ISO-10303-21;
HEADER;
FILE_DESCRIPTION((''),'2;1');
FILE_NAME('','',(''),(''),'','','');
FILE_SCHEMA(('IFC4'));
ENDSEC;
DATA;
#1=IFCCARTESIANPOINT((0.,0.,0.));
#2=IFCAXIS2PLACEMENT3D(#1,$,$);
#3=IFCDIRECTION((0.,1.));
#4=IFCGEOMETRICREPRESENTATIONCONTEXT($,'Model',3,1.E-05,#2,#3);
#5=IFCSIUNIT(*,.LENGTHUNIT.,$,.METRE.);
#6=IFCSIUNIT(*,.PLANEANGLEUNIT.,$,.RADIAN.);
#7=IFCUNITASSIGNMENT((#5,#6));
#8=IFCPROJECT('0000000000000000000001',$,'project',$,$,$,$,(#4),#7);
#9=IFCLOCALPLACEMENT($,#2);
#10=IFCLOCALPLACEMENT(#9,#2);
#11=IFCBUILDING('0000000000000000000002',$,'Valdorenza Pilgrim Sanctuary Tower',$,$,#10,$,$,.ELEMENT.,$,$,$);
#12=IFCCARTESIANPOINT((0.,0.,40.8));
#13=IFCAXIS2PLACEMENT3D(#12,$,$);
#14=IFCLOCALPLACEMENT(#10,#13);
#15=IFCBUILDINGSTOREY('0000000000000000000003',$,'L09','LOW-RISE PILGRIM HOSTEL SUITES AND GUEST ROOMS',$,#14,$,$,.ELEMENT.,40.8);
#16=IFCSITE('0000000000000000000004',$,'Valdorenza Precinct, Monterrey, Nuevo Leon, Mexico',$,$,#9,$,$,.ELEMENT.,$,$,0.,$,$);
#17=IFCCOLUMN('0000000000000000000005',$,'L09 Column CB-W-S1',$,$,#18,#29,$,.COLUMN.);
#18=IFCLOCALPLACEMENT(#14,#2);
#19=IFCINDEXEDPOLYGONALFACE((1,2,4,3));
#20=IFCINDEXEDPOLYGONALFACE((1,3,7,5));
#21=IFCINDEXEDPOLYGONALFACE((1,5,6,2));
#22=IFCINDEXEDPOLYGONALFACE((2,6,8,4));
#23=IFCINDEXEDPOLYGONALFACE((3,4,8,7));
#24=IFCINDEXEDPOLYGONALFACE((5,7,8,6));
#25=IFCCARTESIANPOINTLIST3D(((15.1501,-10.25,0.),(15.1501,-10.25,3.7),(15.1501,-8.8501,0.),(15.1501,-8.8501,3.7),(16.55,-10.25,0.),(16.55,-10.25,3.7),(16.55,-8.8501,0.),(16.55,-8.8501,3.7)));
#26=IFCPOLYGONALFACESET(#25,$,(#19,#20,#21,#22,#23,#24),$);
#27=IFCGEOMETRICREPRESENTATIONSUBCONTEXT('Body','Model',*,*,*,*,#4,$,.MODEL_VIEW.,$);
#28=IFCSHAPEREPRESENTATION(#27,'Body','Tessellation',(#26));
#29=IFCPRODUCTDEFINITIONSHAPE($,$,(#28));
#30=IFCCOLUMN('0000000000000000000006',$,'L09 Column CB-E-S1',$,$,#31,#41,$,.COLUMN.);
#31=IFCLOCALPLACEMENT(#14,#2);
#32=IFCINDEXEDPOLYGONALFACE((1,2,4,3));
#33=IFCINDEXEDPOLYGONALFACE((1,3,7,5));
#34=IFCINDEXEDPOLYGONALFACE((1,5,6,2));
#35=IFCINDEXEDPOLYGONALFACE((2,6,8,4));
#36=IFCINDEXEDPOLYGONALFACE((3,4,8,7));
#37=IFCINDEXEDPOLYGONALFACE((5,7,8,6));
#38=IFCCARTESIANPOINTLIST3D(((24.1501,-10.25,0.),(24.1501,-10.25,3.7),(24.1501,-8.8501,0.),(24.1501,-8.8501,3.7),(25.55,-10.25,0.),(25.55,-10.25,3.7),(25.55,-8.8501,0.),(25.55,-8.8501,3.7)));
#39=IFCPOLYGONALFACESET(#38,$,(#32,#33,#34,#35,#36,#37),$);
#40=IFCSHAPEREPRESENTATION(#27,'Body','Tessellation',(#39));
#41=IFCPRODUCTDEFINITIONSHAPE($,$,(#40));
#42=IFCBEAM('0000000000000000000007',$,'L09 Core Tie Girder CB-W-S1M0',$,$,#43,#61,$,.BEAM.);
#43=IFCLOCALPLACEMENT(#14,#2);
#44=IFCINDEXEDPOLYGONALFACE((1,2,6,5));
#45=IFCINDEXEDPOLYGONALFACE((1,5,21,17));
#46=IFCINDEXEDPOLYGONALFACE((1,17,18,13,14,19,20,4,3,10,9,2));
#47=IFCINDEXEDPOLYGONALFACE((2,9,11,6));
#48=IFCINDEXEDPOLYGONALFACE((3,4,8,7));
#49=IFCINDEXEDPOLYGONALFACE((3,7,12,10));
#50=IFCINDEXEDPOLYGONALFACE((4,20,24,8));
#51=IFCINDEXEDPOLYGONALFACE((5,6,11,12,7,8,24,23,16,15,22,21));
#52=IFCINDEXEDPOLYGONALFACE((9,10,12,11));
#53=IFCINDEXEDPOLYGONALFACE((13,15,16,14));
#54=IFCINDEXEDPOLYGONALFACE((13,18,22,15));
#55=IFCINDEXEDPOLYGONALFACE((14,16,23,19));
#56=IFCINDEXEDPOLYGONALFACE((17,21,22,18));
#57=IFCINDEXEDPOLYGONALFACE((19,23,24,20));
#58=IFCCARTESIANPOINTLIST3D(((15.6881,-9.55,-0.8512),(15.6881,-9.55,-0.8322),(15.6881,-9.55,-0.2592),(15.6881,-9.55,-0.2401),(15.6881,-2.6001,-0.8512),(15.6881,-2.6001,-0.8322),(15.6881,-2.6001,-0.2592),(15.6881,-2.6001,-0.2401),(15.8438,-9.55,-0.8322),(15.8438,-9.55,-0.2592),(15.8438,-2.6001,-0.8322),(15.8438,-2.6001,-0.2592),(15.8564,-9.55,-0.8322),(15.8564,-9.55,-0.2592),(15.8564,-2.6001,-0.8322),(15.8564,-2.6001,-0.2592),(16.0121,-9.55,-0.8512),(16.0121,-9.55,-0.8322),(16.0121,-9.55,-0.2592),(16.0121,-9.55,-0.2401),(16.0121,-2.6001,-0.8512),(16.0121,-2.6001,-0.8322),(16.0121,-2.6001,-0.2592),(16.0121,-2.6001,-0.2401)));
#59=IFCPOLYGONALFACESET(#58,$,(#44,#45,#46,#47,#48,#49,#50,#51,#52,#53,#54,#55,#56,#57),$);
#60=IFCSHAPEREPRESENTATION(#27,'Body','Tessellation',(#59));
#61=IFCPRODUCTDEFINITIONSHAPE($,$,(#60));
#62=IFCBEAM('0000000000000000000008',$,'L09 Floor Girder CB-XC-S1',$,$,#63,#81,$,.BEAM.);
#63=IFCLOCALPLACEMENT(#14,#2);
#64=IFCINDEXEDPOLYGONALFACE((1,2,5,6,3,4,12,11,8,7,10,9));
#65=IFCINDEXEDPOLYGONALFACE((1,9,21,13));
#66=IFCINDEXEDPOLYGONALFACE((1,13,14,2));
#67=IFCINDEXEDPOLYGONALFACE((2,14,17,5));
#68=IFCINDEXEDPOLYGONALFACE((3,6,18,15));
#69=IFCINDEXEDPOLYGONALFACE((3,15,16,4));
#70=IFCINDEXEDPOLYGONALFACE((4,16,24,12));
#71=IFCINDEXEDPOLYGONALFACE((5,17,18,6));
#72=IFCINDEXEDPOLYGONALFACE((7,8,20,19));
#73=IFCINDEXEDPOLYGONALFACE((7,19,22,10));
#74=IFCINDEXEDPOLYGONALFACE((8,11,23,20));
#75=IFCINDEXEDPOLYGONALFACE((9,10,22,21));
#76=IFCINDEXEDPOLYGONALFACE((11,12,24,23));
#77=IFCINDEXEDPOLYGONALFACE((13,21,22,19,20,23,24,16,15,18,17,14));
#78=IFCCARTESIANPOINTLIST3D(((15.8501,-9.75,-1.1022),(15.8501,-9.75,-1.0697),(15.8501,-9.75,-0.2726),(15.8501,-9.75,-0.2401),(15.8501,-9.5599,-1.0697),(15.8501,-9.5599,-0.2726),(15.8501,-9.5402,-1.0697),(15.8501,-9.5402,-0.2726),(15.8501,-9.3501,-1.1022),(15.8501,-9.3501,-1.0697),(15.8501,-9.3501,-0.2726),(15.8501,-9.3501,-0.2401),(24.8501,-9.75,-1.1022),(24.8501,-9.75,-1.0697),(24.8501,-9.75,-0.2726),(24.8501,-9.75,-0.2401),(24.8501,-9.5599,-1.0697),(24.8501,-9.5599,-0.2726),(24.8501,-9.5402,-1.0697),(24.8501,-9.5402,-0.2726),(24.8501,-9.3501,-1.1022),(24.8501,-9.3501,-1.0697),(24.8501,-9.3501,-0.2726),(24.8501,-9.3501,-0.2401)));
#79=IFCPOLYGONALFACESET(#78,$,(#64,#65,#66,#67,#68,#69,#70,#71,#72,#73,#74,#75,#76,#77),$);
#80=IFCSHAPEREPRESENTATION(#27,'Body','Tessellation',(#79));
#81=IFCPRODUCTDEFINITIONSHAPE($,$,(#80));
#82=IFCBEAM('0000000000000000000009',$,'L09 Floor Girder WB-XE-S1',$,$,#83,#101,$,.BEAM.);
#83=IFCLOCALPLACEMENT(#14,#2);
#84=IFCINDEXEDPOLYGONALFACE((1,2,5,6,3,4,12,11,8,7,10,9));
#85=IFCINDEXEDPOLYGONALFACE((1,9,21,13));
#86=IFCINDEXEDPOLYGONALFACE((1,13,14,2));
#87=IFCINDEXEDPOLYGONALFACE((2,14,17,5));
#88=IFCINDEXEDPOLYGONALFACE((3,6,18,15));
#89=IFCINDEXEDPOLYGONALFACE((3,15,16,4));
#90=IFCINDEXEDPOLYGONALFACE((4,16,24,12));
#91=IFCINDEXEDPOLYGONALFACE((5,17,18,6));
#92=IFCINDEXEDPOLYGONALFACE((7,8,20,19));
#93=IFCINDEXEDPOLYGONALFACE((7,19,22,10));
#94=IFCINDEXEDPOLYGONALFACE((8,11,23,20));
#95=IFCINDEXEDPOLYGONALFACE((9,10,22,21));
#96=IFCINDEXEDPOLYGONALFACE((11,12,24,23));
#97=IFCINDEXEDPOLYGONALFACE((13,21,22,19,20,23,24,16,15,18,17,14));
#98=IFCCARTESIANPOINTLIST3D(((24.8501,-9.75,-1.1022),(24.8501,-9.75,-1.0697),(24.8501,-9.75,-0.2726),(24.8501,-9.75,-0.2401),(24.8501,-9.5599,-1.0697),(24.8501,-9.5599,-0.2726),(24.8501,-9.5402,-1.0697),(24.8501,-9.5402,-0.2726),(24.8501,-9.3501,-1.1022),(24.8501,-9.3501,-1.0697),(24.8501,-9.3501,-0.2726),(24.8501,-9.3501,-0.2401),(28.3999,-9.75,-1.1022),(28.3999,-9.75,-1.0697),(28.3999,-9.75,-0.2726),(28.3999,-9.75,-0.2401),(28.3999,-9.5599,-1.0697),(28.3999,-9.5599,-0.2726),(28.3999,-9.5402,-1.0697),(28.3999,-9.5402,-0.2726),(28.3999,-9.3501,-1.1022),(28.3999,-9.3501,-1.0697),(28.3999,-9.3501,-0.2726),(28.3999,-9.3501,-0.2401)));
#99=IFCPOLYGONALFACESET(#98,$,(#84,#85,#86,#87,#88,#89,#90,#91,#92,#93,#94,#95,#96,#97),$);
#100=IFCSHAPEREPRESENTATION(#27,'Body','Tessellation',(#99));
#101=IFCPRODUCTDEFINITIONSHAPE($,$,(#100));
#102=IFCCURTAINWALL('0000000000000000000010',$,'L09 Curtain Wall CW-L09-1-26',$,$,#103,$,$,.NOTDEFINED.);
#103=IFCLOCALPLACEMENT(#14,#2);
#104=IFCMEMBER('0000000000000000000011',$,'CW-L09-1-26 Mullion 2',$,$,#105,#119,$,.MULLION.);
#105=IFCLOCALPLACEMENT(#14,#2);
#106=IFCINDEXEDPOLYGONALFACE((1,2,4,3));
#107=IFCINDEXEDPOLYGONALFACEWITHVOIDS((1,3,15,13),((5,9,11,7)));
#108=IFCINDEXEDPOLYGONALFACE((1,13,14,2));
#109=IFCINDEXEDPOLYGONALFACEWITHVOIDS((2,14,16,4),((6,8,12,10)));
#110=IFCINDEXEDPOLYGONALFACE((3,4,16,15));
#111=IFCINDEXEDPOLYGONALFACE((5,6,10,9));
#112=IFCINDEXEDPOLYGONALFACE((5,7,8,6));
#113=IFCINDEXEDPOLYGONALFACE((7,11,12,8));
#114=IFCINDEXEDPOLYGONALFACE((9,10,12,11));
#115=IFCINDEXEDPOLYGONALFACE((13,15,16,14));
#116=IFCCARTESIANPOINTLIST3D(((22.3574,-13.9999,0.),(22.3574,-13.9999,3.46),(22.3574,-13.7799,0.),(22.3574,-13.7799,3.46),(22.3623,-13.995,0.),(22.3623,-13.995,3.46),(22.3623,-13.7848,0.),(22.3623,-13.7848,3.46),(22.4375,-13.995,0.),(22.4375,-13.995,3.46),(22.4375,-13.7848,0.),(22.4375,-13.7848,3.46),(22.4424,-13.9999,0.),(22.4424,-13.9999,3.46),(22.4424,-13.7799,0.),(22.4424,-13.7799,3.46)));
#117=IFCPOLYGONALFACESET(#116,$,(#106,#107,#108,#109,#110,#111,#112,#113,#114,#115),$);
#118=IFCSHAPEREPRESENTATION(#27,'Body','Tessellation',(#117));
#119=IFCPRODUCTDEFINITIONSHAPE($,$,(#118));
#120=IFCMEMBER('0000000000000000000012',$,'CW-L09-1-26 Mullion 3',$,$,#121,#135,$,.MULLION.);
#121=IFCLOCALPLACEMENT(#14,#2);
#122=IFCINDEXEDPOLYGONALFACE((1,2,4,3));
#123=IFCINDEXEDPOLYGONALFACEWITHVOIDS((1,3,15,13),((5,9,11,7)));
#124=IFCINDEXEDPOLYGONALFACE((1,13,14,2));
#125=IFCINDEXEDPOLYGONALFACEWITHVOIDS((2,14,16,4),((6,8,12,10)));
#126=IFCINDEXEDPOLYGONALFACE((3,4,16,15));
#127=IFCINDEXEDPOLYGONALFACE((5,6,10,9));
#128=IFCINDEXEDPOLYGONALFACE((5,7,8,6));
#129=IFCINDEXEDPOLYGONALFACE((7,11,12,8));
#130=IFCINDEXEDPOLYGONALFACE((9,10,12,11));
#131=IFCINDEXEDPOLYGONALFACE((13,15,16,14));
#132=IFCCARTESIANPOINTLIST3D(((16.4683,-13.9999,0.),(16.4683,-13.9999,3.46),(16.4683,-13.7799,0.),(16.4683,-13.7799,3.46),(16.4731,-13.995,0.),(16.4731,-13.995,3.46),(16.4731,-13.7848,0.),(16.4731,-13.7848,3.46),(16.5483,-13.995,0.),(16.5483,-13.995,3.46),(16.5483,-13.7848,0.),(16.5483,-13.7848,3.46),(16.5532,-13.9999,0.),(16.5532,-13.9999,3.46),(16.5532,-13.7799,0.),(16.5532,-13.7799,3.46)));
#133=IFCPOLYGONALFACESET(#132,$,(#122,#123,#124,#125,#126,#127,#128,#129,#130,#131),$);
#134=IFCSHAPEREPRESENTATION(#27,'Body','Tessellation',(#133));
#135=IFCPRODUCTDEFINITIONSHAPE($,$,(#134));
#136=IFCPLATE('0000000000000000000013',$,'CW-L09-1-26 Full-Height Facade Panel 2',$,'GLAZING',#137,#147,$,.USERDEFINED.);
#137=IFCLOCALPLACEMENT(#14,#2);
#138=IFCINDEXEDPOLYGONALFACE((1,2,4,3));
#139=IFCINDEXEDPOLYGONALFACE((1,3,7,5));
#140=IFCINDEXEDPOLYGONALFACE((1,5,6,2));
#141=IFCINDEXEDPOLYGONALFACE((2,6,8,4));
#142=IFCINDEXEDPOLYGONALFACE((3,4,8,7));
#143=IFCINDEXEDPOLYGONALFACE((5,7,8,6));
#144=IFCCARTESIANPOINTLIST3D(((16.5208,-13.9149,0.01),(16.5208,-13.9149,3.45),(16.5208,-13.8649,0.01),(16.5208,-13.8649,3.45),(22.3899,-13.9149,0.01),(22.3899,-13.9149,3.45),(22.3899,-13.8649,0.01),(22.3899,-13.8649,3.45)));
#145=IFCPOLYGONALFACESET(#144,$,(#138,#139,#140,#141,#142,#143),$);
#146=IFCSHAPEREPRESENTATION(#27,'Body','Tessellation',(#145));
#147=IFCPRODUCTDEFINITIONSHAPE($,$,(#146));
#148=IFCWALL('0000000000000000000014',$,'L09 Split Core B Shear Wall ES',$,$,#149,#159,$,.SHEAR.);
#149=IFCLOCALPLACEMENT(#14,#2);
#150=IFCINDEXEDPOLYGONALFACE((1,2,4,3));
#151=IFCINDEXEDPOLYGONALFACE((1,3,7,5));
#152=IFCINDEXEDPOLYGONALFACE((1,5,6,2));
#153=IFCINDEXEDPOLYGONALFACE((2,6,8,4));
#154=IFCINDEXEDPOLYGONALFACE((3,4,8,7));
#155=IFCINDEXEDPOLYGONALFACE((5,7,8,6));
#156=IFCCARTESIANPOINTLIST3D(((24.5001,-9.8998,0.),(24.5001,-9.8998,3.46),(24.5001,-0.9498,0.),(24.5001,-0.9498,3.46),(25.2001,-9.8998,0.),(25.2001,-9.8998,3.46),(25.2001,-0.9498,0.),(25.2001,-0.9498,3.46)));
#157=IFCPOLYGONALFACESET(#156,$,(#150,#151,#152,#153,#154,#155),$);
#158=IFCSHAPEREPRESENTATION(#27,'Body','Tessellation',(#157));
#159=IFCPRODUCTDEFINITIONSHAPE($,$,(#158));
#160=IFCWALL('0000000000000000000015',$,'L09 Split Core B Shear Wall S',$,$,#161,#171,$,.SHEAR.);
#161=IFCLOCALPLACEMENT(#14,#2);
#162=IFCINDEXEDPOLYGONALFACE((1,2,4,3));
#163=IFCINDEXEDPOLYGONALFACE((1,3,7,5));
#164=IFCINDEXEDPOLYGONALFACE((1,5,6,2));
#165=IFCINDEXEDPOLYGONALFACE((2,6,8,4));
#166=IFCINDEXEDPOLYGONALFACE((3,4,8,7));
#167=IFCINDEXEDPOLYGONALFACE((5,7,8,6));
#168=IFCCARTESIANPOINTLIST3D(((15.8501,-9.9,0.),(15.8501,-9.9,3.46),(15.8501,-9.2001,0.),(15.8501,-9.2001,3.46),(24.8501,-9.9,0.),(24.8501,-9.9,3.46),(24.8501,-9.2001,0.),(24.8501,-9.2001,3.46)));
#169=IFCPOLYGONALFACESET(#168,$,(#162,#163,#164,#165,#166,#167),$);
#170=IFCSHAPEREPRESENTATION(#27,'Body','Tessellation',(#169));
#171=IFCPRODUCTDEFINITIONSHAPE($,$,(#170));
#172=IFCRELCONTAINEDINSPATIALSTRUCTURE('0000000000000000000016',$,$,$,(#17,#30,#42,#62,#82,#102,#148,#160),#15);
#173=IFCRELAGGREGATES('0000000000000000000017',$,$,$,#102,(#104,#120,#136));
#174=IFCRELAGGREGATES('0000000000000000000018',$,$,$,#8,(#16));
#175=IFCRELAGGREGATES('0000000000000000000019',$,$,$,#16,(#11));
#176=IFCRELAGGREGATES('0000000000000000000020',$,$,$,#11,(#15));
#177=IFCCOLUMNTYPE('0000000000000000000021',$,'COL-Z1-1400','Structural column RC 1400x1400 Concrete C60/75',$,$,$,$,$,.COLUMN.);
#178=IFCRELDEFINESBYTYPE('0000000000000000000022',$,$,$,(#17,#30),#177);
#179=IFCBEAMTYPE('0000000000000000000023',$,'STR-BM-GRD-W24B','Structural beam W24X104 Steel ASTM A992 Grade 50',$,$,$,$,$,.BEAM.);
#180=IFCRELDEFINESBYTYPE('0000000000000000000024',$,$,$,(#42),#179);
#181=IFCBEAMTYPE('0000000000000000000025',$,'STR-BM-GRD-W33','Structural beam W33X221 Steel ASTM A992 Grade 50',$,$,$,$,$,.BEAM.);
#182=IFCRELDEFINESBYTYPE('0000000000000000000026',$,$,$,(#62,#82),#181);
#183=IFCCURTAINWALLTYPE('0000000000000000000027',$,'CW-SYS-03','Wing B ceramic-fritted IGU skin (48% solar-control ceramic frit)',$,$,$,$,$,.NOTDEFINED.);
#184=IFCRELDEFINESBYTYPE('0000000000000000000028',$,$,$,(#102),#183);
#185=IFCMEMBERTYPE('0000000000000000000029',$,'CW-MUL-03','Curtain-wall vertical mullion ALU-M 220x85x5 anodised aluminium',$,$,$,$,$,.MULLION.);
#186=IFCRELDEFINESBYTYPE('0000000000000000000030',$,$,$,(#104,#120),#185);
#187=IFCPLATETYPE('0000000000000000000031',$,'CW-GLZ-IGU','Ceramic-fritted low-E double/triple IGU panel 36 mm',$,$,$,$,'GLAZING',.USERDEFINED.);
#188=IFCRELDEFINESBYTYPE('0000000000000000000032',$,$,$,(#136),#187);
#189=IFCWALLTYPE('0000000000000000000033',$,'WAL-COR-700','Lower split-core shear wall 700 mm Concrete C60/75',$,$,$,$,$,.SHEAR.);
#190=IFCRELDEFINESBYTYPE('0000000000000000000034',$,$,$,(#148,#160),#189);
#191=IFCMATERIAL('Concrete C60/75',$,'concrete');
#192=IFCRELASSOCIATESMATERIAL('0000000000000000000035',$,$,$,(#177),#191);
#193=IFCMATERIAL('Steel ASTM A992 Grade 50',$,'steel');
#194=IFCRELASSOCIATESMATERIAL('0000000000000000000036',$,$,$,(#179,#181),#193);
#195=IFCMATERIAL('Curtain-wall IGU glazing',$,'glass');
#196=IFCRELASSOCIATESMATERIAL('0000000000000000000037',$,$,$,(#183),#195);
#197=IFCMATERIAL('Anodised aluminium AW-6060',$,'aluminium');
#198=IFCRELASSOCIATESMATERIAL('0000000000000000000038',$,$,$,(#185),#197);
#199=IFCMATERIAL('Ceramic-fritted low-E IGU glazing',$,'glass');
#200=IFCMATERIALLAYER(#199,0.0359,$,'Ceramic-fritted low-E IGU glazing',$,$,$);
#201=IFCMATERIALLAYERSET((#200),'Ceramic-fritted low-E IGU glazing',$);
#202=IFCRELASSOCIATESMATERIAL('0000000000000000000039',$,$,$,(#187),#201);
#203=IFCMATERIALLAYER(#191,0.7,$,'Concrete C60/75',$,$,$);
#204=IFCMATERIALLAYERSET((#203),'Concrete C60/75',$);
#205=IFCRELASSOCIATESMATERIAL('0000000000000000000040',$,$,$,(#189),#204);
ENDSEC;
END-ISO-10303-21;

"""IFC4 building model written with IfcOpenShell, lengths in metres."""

from ifc_helpers import new_model, si_unit, direction, frame, frame_2d, origin, origin_2d, place, context, subcontext, project, spatial, rectangle, hollow_rectangle, i_section, extrude, source, transform, mapped, material, layer, layer_set, material_profile, profile_set, type_object, element, aggregate, save


model = new_model("IFC4")

# Units and contexts
model_context = context("Model", 3, precision=1e-05, world=origin(), true_north=direction((0.0, 1.0)))
body_context = subcontext(model_context, "Body", "Model", "MODEL_VIEW")
ifc_project = project(units=[si_unit("LENGTHUNIT", "METRE"), si_unit("PLANEANGLEUNIT", "RADIAN")], contexts=[model_context])

# Site, building, storey
site_placement = place(None, origin())
site = spatial("IfcSite", under=ifc_project, at=site_placement, Name="Valdorenza Precinct, Monterrey, Nuevo Leon, Mexico", CompositionType="ELEMENT", RefElevation=0.0)
building_placement = place(site_placement, origin())
building = spatial("IfcBuilding", under=site, at=building_placement, Name="Valdorenza Pilgrim Sanctuary Tower", CompositionType="ELEMENT")
storey_placement = place(building_placement, frame((0.0, 0.0, 40.8)))
storey = spatial("IfcBuildingStorey", under=building, at=storey_placement, Name="L09", Description="LOW-RISE PILGRIM HOSTEL SUITES AND GUEST ROOMS", CompositionType="ELEMENT", Elevation=40.8)

# Columns
ifc_material_1 = material(Name="Concrete C60/75", Category="concrete")
ifc_material_profile_1 = material_profile(ifc_material_1, rectangle(XDim=1.3999, YDim=1.3999, at=origin_2d()), Name="RC 1400x1400")
ifc_profile_set_1 = profile_set([ifc_material_profile_1], Name="Concrete C60/75")
column_type = type_object("IfcColumnType", Name="COL-Z1-1400", Description="Structural column RC 1400x1400 Concrete C60/75", PredefinedType="COLUMN", material=ifc_profile_set_1)
shared_shape_1 = source(origin(), body_context, "Body", "SweptSolid", [
    extrude(rectangle(XDim=1.3999, YDim=1.3999, at=origin_2d()), origin(), (0.0, 0.0, 1.0), 3.7),
])
for number, where, z_axis, x_axis, name in (
    (1, (15.8501, -9.55, 0.0), (0.0, 0.0, 1.0), (1.0, 0.0, 0.0), "L09 Column CB-W-S1"),
    (2, (24.8501, -9.55, 0.0), (0.0, 0.0, 1.0), (1.0, 0.0, 0.0), "L09 Column CB-E-S1"),
):
    element("IfcColumn", number, at=place(storey_placement, frame(where, z_axis=z_axis, x_axis=x_axis)), inside=storey, type_object=column_type, Name=name, PredefinedType="COLUMN", context=body_context, shape_type="MappedRepresentation", body=[
        mapped(shared_shape_1, transform((0.0, 0.0, 0.0), x_axis=(1.0, 0.0, 0.0), y_axis=(0.0, 1.0, 0.0), z_axis=(0.0, 0.0, 1.0), scale=1.0)),
    ])

# Beams
ifc_material_2 = material(Name="Steel ASTM A992 Grade 50", Category="steel")
ifc_material_profile_2 = material_profile(ifc_material_2, i_section(OverallWidth=0.324, OverallDepth=0.6111, WebThickness=0.0127, FlangeThickness=0.019, at=origin_2d()), Name="W24X104")
ifc_profile_set_2 = profile_set([ifc_material_profile_2], Name="Steel ASTM A992 Grade 50")
beam_type_1 = type_object("IfcBeamType", Name="STR-BM-GRD-W24B", Description="Structural beam W24X104 Steel ASTM A992 Grade 50", PredefinedType="BEAM", material=ifc_profile_set_2)
shared_shape_2 = source(origin(), body_context, "Body", "SweptSolid", [
    extrude(i_section(OverallWidth=0.324, OverallDepth=0.6111, WebThickness=0.0127, FlangeThickness=0.019, at=origin_2d()), origin(), (0.0, 0.0, 1.0), 6.95),
])
beam_1_placement = place(storey_placement, frame((15.8501, -9.55, -0.5457), z_axis=(0.0, 1.0, 0.0), x_axis=(-1.0, 0.0, 0.0)))
element("IfcBeam", 3, at=beam_1_placement, inside=storey, type_object=beam_type_1, Name="L09 Core Tie Girder CB-W-S1M0", PredefinedType="BEAM", context=body_context, shape_type="MappedRepresentation", body=[
    mapped(shared_shape_2, transform((0.0, 0.0, 0.0), x_axis=(1.0, 0.0, 0.0), y_axis=(0.0, 1.0, 0.0), z_axis=(0.0, 0.0, 1.0), scale=1.0)),
])
ifc_material_profile_3 = material_profile(ifc_material_2, i_section(OverallWidth=0.3999, OverallDepth=0.8621, WebThickness=0.0198, FlangeThickness=0.0325, at=origin_2d()), Name="W33X221")
ifc_profile_set_3 = profile_set([ifc_material_profile_3], Name="Steel ASTM A992 Grade 50")
beam_type_2 = type_object("IfcBeamType", Name="STR-BM-GRD-W33", Description="Structural beam W33X221 Steel ASTM A992 Grade 50", PredefinedType="BEAM", material=ifc_profile_set_3)
shared_shape_3 = source(origin(), body_context, "Body", "SweptSolid", [
    extrude(i_section(OverallWidth=0.3999, OverallDepth=0.8621, WebThickness=0.0198, FlangeThickness=0.0325, at=origin_2d()), origin(), (0.0, 0.0, 1.0), 9.0),
])
beam_2_placement = place(storey_placement, frame((15.8501, -9.55, -0.6711), z_axis=(1.0, 0.0, 0.0), x_axis=(0.0, 1.0, 0.0)))
element("IfcBeam", 4, at=beam_2_placement, inside=storey, type_object=beam_type_2, Name="L09 Floor Girder CB-XC-S1", PredefinedType="BEAM", context=body_context, shape_type="MappedRepresentation", body=[
    mapped(shared_shape_3, transform((0.0, 0.0, 0.0), x_axis=(1.0, 0.0, 0.0), y_axis=(0.0, 1.0, 0.0), z_axis=(0.0, 0.0, 1.0), scale=1.0)),
])
shared_shape_4 = source(origin(), body_context, "Body", "SweptSolid", [
    extrude(i_section(OverallWidth=0.3999, OverallDepth=0.8621, WebThickness=0.0198, FlangeThickness=0.0325, at=origin_2d()), origin(), (0.0, 0.0, 1.0), 3.5498),
])
beam_3_placement = place(storey_placement, frame((24.8501, -9.55, -0.6711), z_axis=(1.0, 0.0, 0.0), x_axis=(0.0, 1.0, 0.0)))
element("IfcBeam", 5, at=beam_3_placement, inside=storey, type_object=beam_type_2, Name="L09 Floor Girder WB-XE-S1", PredefinedType="BEAM", context=body_context, shape_type="MappedRepresentation", body=[
    mapped(shared_shape_4, transform((0.0, 0.0, 0.0), x_axis=(1.0, 0.0, 0.0), y_axis=(0.0, 1.0, 0.0), z_axis=(0.0, 0.0, 1.0), scale=1.0)),
])

# Curtain wall, members, plate
ifc_material_3 = material(Name="Curtain-wall IGU glazing", Category="glass")
curtain_wall_type = type_object("IfcCurtainWallType", Name="CW-SYS-03", Description="Wing B ceramic-fritted IGU skin (48% solar-control ceramic frit)", PredefinedType="NOTDEFINED", material=ifc_material_3)
curtain_wall_placement = place(storey_placement, origin())
curtain_wall = element("IfcCurtainWall", 6, at=curtain_wall_placement, inside=storey, type_object=curtain_wall_type, Name="L09 Curtain Wall CW-L09-1-26", PredefinedType="NOTDEFINED")
ifc_material_4 = material(Name="Anodised aluminium AW-6060", Category="aluminium")
ifc_material_profile_4 = material_profile(ifc_material_4, hollow_rectangle(XDim=0.085, YDim=0.22, WallThickness=0.0049, at=origin_2d()), Name="ALU-M 220x85x5")
ifc_profile_set_4 = profile_set([ifc_material_profile_4], Name="Anodised aluminium AW-6060")
member_type = type_object("IfcMemberType", Name="CW-MUL-03", Description="Curtain-wall vertical mullion ALU-M 220x85x5 anodised aluminium", PredefinedType="MULLION", material=ifc_profile_set_4)
shared_shape_5 = source(origin(), body_context, "Body", "SweptSolid", [
    extrude(hollow_rectangle(XDim=0.085, YDim=0.22, WallThickness=0.0049, at=origin_2d()), origin(), (0.0, 0.0, 1.0), 3.46),
])
member_1_placement = place(storey_placement, frame((22.3999, -13.8899, 0.0), z_axis=(0.0, 0.0, 1.0), x_axis=(-1.0, 0.0, 0.0)))
member_1 = element("IfcMember", 7, at=member_1_placement, type_object=member_type, Name="CW-L09-1-26 Mullion 2", PredefinedType="MULLION", context=body_context, shape_type="MappedRepresentation", body=[
    mapped(shared_shape_5, transform((0.0, 0.0, 0.0), x_axis=(1.0, 0.0, 0.0), y_axis=(0.0, 1.0, 0.0), z_axis=(0.0, 0.0, 1.0), scale=1.0)),
])
member_2_placement = place(storey_placement, frame((16.5107, -13.8899, 0.0), z_axis=(0.0, 0.0, 1.0), x_axis=(-1.0, 0.0, 0.0)))
member_2 = element("IfcMember", 8, at=member_2_placement, type_object=member_type, Name="CW-L09-1-26 Mullion 3", PredefinedType="MULLION", context=body_context, shape_type="MappedRepresentation", body=[
    mapped(shared_shape_5, transform((0.0, 0.0, 0.0), x_axis=(1.0, 0.0, 0.0), y_axis=(0.0, 1.0, 0.0), z_axis=(0.0, 0.0, 1.0), scale=1.0)),
])
ifc_material_5 = material(Name="Ceramic-fritted low-E IGU glazing", Category="glass")
ifc_layer_1 = layer(ifc_material_5, 0.0359, Name="Ceramic-fritted low-E IGU glazing")
ifc_layer_set_1 = layer_set([ifc_layer_1], Name="Ceramic-fritted low-E IGU glazing")
plate_type = type_object("IfcPlateType", Name="CW-GLZ-IGU", Description="Ceramic-fritted low-E double/triple IGU panel 36 mm", ElementType="GLAZING", PredefinedType="USERDEFINED", material=ifc_layer_set_1)
shared_shape_6 = source(origin(), body_context, "Body", "SweptSolid", [
    extrude(rectangle(XDim=5.8691, YDim=0.05, at=origin_2d()), origin(), (0.0, 0.0, 1.0), 3.4399),
])
plate_placement = place(storey_placement, frame((19.4553, -13.8899, 0.01), z_axis=(0.0, 0.0, 1.0), x_axis=(-1.0, 0.0, 0.0)))
plate = element("IfcPlate", 9, at=plate_placement, type_object=plate_type, Name="CW-L09-1-26 Full-Height Facade Panel 2", ObjectType="GLAZING", PredefinedType="USERDEFINED", context=body_context, shape_type="MappedRepresentation", body=[
    mapped(shared_shape_6, transform((0.0, 0.0, 0.0), x_axis=(1.0, 0.0, 0.0), y_axis=(0.0, 1.0, 0.0), z_axis=(0.0, 0.0, 1.0), scale=1.0)),
])
aggregate(curtain_wall, [member_1, member_2, plate])

# Walls
ifc_layer_2 = layer(ifc_material_1, 0.7, Name="Concrete C60/75")
ifc_layer_set_2 = layer_set([ifc_layer_2], Name="Concrete C60/75")
wall_type_1 = type_object("IfcWallType", Name="WAL-COR-700", Description="Lower split-core shear wall 700 mm Concrete C60/75", PredefinedType="SHEAR", material=ifc_layer_set_2)
wall_1_placement = place(storey_placement, frame((24.8501, -9.8999, 0.0), z_axis=(0.0, 0.0, 1.0), x_axis=(0.0, 1.0, 0.0)))
element("IfcWall", 10, at=wall_1_placement, inside=storey, type_object=wall_type_1, Name="L09 Split Core B Shear Wall ES", PredefinedType="SHEAR", context=body_context, shape_type="SweptSolid", body=[
    extrude(rectangle(XDim=8.95, YDim=0.7, at=frame_2d((4.4751, 0.0))), origin(), (0.0, 0.0, 1.0), 3.46),
])
wall_2_placement = place(storey_placement, frame((15.8501, -9.55, 0.0), z_axis=(0.0, 0.0, 1.0), x_axis=(1.0, 0.0, 0.0)))
element("IfcWall", 11, at=wall_2_placement, inside=storey, type_object=wall_type_1, Name="L09 Split Core B Shear Wall S", PredefinedType="SHEAR", context=body_context, shape_type="SweptSolid", body=[
    extrude(rectangle(XDim=9.0, YDim=0.7, at=frame_2d((4.5, 0.0))), origin(), (0.0, 0.0, 1.0), 3.46),
])

save(model, "model.ifc")
